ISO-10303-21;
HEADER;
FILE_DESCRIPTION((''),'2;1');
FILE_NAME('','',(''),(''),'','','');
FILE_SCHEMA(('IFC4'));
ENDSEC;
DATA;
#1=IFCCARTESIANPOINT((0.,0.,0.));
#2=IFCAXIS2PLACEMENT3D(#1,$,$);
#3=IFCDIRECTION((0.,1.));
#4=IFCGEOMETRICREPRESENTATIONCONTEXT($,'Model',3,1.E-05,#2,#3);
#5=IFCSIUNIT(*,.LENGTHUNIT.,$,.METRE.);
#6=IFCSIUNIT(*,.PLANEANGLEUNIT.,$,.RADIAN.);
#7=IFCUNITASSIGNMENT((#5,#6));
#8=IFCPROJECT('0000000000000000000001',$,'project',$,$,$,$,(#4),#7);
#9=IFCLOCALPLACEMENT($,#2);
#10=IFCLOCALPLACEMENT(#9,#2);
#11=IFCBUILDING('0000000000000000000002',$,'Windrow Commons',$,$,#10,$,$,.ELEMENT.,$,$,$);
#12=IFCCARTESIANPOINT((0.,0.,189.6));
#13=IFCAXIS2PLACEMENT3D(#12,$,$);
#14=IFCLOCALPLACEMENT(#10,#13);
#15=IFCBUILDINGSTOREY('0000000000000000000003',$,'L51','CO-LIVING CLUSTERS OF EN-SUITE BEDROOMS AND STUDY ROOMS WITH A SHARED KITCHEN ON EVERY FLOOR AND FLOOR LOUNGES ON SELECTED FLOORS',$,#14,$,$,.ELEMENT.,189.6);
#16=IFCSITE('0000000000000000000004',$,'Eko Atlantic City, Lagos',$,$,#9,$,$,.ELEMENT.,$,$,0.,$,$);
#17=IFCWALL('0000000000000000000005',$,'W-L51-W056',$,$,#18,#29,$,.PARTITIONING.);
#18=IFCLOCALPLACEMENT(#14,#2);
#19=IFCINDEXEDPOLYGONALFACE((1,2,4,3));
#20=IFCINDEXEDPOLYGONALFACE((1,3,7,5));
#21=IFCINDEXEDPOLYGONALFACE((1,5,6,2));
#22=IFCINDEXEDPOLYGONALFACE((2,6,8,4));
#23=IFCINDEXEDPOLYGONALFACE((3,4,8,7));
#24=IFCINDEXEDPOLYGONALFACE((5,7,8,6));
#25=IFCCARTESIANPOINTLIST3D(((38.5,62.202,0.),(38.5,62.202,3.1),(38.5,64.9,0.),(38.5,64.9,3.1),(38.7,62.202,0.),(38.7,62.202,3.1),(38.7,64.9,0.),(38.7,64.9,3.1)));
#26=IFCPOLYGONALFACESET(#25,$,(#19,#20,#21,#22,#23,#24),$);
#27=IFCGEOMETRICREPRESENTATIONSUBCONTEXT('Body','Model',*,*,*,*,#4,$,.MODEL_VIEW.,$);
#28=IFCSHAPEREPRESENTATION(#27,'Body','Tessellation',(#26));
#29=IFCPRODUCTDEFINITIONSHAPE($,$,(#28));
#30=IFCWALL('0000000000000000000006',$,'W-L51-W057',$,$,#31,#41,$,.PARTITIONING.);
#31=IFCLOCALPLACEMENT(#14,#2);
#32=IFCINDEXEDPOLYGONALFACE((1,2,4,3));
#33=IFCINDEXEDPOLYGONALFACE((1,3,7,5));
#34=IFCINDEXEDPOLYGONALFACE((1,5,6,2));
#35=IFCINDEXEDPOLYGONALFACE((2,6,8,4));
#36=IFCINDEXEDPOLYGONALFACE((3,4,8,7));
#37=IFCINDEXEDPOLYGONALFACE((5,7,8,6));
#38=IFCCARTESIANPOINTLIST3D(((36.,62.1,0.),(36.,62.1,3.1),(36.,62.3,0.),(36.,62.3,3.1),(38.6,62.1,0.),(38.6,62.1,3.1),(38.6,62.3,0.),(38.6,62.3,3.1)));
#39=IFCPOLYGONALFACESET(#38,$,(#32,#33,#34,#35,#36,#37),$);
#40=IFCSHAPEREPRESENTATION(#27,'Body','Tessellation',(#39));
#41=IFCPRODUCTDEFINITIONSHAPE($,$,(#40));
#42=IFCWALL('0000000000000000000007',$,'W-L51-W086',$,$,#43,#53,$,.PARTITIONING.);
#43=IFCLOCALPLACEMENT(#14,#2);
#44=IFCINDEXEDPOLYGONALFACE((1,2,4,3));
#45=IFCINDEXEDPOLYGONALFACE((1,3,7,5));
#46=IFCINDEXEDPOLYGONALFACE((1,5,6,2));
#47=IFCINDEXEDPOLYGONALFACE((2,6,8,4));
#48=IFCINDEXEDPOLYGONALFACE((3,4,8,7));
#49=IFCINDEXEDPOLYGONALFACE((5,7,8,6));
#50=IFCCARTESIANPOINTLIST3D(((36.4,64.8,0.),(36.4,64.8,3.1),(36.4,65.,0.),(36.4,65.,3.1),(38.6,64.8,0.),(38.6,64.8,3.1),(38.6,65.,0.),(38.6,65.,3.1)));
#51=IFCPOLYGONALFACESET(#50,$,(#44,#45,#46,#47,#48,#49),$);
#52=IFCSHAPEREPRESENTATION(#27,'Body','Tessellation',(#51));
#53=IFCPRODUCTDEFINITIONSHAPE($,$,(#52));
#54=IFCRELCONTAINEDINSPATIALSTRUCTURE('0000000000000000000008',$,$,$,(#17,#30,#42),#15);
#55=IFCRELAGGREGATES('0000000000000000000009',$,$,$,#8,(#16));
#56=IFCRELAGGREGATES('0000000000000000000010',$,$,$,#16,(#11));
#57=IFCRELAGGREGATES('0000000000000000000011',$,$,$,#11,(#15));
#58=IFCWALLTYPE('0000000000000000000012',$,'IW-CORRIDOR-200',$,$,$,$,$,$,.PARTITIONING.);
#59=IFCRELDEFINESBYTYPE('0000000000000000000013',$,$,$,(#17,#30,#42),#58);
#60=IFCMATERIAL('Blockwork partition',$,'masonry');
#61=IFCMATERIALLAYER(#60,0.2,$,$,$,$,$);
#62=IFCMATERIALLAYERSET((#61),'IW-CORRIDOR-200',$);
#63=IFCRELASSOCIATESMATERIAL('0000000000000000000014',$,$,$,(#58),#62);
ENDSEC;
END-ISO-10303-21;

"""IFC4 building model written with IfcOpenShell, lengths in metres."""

from ifc_helpers import new_model, si_unit, direction, frame, frame_2d, origin, place, context, subcontext, project, spatial, rectangle, extrude, material, layer, layer_set, type_object, element, save


model = new_model("IFC4")

# Units and contexts
model_context = context("Model", 3, precision=1e-05, world=origin(), true_north=direction((0.0, 1.0)))
body_context = subcontext(model_context, "Body", "Model", "MODEL_VIEW")
ifc_project = project(units=[si_unit("LENGTHUNIT", "METRE"), si_unit("PLANEANGLEUNIT", "RADIAN")], contexts=[model_context])

# Site, building, storey
site_placement = place(None, origin())
site = spatial("IfcSite", under=ifc_project, at=site_placement, Name="Eko Atlantic City, Lagos", CompositionType="ELEMENT", RefElevation=0.0)
building_placement = place(site_placement, origin())
building = spatial("IfcBuilding", under=site, at=building_placement, Name="Windrow Commons", CompositionType="ELEMENT")
storey_placement = place(building_placement, frame((0.0, 0.0, 189.6)))
storey = spatial("IfcBuildingStorey", under=building, at=storey_placement, Name="L51", Description="CO-LIVING CLUSTERS OF EN-SUITE BEDROOMS AND STUDY ROOMS WITH A SHARED KITCHEN ON EVERY FLOOR AND FLOOR LOUNGES ON SELECTED FLOORS", CompositionType="ELEMENT", Elevation=189.6)

# Walls
ifc_material_1 = material(Name="Blockwork partition", Category="masonry")
ifc_layer_1 = layer(ifc_material_1, 0.2)
ifc_layer_set_1 = layer_set([ifc_layer_1], Name="IW-CORRIDOR-200")
wall_type_1 = type_object("IfcWallType", Name="IW-CORRIDOR-200", PredefinedType="PARTITIONING", material=ifc_layer_set_1)
wall_1_placement = place(storey_placement, frame((38.6, 62.202, 0.0), z_axis=(0.0, 0.0, 1.0), x_axis=(0.0, 1.0, 0.0)))
element("IfcWall", 1, at=wall_1_placement, inside=storey, type_object=wall_type_1, Name="W-L51-W056", PredefinedType="PARTITIONING", context=body_context, shape_type="SweptSolid", body=[
    extrude(rectangle(XDim=2.698, YDim=0.2, at=frame_2d((1.349, 0.0))), origin(), (0.0, 0.0, 1.0), 3.1),
])
wall_2_placement = place(storey_placement, frame((36.0, 62.2, 0.0), z_axis=(0.0, 0.0, 1.0), x_axis=(1.0, 0.0, 0.0)))
element("IfcWall", 2, at=wall_2_placement, inside=storey, type_object=wall_type_1, Name="W-L51-W057", PredefinedType="PARTITIONING", context=body_context, shape_type="SweptSolid", body=[
    extrude(rectangle(XDim=2.6, YDim=0.2, at=frame_2d((1.3, 0.0))), origin(), (0.0, 0.0, 1.0), 3.1),
])
wall_3_placement = place(storey_placement, frame((36.4, 64.9, 0.0), z_axis=(0.0, 0.0, 1.0), x_axis=(1.0, 0.0, 0.0)))
element("IfcWall", 3, at=wall_3_placement, inside=storey, type_object=wall_type_1, Name="W-L51-W086", PredefinedType="PARTITIONING", context=body_context, shape_type="SweptSolid", body=[
    extrude(rectangle(XDim=2.2, YDim=0.2, at=frame_2d((1.1, 0.0))), origin(), (0.0, 0.0, 1.0), 3.1),
])

save(model, "model.ifc")
